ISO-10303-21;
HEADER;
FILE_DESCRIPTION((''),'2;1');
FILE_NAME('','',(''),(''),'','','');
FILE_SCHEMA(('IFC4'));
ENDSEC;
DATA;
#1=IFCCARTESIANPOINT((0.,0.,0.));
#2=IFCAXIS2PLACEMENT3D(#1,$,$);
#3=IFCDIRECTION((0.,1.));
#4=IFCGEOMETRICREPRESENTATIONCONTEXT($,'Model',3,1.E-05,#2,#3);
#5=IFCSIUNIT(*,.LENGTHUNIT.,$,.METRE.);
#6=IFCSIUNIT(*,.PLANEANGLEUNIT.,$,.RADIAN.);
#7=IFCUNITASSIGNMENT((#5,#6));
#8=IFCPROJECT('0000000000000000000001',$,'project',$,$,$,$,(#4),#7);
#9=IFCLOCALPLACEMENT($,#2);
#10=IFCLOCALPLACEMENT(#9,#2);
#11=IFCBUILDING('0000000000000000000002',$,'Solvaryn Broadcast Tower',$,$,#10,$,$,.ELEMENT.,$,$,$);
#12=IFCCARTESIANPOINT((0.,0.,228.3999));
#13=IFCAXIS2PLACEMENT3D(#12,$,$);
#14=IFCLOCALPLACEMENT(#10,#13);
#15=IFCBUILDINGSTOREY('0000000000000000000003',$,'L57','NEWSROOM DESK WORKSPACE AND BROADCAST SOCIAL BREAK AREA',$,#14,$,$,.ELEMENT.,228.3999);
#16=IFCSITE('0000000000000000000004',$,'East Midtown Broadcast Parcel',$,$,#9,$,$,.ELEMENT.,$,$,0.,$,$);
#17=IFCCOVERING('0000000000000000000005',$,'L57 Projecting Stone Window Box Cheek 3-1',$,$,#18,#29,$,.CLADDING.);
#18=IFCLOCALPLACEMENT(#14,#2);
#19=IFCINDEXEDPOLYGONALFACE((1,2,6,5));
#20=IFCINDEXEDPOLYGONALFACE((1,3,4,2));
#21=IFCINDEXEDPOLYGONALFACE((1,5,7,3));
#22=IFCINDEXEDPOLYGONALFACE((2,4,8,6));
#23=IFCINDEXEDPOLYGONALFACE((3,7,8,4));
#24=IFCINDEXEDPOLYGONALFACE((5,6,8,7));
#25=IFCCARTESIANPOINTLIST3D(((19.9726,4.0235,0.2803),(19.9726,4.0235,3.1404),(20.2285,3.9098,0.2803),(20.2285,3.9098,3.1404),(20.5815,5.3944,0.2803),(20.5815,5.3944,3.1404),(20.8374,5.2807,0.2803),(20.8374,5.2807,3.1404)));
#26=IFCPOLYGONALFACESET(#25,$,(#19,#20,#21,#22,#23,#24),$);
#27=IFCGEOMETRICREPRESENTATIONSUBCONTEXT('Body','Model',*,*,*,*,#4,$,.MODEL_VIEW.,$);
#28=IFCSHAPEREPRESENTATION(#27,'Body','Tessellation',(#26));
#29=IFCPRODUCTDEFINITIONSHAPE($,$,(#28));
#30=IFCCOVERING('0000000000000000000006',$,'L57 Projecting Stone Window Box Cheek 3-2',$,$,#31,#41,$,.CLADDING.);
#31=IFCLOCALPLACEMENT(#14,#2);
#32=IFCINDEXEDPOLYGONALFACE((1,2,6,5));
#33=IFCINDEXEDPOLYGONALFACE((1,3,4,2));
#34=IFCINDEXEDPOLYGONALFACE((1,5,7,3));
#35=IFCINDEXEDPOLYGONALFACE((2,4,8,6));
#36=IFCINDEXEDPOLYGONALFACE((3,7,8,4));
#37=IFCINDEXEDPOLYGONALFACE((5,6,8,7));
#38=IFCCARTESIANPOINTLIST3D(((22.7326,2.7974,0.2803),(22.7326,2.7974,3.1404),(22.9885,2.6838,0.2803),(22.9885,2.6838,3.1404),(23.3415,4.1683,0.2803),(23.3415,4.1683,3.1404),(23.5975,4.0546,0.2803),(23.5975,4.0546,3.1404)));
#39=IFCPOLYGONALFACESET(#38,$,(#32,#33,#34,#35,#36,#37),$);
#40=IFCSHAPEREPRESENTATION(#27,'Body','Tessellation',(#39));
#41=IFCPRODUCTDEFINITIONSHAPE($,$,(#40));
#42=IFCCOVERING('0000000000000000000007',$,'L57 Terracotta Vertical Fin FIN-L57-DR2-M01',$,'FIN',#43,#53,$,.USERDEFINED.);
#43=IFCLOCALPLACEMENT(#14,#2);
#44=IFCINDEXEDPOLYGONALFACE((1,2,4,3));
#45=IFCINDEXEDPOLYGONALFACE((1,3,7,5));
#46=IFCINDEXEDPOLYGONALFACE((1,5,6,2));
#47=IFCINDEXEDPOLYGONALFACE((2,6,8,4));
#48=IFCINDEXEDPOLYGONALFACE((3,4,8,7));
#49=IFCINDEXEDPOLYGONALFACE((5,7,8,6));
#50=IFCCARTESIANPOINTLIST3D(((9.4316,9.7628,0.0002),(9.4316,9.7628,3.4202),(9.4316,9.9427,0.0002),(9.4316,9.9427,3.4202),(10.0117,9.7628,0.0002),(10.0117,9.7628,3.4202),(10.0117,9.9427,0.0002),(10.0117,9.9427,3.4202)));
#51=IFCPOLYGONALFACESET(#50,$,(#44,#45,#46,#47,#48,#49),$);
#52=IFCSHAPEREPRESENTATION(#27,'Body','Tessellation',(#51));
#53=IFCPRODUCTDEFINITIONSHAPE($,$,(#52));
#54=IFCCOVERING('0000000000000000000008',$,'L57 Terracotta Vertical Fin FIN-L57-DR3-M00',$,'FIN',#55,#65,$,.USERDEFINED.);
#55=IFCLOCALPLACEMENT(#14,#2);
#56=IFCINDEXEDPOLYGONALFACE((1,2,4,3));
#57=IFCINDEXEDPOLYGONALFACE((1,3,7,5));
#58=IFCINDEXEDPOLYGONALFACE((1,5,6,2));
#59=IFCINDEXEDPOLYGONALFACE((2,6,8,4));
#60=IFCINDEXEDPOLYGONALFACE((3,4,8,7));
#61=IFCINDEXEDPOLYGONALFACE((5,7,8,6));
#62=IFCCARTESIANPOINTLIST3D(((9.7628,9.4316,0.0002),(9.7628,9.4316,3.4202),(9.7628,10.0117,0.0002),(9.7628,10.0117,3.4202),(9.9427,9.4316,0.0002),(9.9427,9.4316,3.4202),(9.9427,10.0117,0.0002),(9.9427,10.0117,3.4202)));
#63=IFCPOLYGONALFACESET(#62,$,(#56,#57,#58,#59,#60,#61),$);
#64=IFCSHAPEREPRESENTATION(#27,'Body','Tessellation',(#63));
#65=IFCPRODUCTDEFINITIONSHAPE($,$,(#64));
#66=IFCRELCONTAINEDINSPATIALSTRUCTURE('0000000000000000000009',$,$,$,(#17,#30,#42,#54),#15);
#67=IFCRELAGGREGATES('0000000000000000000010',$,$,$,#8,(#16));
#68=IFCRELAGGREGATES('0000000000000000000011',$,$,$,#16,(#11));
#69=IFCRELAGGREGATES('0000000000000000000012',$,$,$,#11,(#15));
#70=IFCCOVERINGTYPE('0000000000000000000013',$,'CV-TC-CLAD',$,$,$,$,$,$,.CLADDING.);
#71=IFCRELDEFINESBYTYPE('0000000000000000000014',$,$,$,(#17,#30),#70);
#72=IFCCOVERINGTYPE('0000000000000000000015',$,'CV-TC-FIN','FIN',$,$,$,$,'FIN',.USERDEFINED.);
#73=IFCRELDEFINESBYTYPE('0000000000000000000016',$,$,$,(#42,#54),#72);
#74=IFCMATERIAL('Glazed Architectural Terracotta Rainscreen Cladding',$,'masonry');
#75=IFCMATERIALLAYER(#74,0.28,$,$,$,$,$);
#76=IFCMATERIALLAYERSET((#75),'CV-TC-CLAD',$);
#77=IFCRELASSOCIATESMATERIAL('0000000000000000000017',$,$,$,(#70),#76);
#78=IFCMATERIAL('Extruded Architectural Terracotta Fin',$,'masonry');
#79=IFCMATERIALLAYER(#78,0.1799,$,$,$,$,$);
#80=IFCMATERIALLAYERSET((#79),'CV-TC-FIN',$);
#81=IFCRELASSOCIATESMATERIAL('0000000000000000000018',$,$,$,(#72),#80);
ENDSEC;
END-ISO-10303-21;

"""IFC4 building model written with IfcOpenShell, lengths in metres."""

from ifc_helpers import new_model, si_unit, direction, frame, origin, origin_2d, place, context, subcontext, project, spatial, rectangle, extrude, material, layer, layer_set, type_object, element, save


model = new_model("IFC4")

# Units and contexts
model_context = context("Model", 3, precision=1e-05, world=origin(), true_north=direction((0.0, 1.0)))
body_context = subcontext(model_context, "Body", "Model", "MODEL_VIEW")
ifc_project = project(units=[si_unit("LENGTHUNIT", "METRE"), si_unit("PLANEANGLEUNIT", "RADIAN")], contexts=[model_context])

# Site, building, storey
site_placement = place(None, origin())
site = spatial("IfcSite", under=ifc_project, at=site_placement, Name="East Midtown Broadcast Parcel", CompositionType="ELEMENT", RefElevation=0.0)
building_placement = place(site_placement, origin())
building = spatial("IfcBuilding", under=site, at=building_placement, Name="Solvaryn Broadcast Tower", CompositionType="ELEMENT")
storey_placement = place(building_placement, frame((0.0, 0.0, 228.3999)))
storey = spatial("IfcBuildingStorey", under=building, at=storey_placement, Name="L57", Description="NEWSROOM DESK WORKSPACE AND BROADCAST SOCIAL BREAK AREA", CompositionType="ELEMENT", Elevation=228.3999)

# Coverings
ifc_material_1 = material(Name="Glazed Architectural Terracotta Rainscreen Cladding", Category="masonry")
ifc_layer_1 = layer(ifc_material_1, 0.28)
ifc_layer_set_1 = layer_set([ifc_layer_1], Name="CV-TC-CLAD")
covering_type_1 = type_object("IfcCoveringType", Name="CV-TC-CLAD", PredefinedType="CLADDING", material=ifc_layer_set_1)
for number, where, z_axis, x_axis, name in (
    (1, (20.405, 4.6521, 0.2803), (0.0, 0.0, 1.0), (0.9139, -0.405939, 0.0), "L57 Projecting Stone Window Box Cheek 3-1"),
    (2, (23.165, 3.426, 0.2803), (0.0, 0.0, 1.0), (0.9139, -0.405939, 0.0), "L57 Projecting Stone Window Box Cheek 3-2"),
):
    element("IfcCovering", number, at=place(storey_placement, frame(where, z_axis=z_axis, x_axis=x_axis)), inside=storey, type_object=covering_type_1, Name=name, PredefinedType="CLADDING", context=body_context, shape_type="SweptSolid", body=[
        extrude(rectangle(XDim=0.28, YDim=1.5, at=origin_2d()), origin(), (0.0, 0.0, 1.0), 2.8601),
    ])
ifc_material_2 = material(Name="Extruded Architectural Terracotta Fin", Category="masonry")
ifc_layer_2 = layer(ifc_material_2, 0.1799)
ifc_layer_set_2 = layer_set([ifc_layer_2], Name="CV-TC-FIN")
covering_type_2 = type_object("IfcCoveringType", Name="CV-TC-FIN", Description="FIN", ElementType="FIN", PredefinedType="USERDEFINED", material=ifc_layer_set_2)
covering_1_placement = place(storey_placement, frame((9.7217, 9.8528, 0.0002), z_axis=(0.0, 0.0, 1.0), x_axis=(1.0, 0.0, 0.0)))
element("IfcCovering", 3, at=covering_1_placement, inside=storey, type_object=covering_type_2, Name="L57 Terracotta Vertical Fin FIN-L57-DR2-M01", ObjectType="FIN", PredefinedType="USERDEFINED", context=body_context, shape_type="SweptSolid", body=[
    extrude(rectangle(XDim=0.5801, YDim=0.1799, at=origin_2d()), origin(), (0.0, 0.0, 1.0), 3.4199),
])
covering_2_placement = place(storey_placement, frame((9.8528, 9.7217, 0.0002), z_axis=(0.0, 0.0, 1.0), x_axis=(1.0, 0.0, 0.0)))
element("IfcCovering", 4, at=covering_2_placement, inside=storey, type_object=covering_type_2, Name="L57 Terracotta Vertical Fin FIN-L57-DR3-M00", ObjectType="FIN", PredefinedType="USERDEFINED", context=body_context, shape_type="SweptSolid", body=[
    extrude(rectangle(XDim=0.1799, YDim=0.5801, at=origin_2d()), origin(), (0.0, 0.0, 1.0), 3.4199),
])

save(model, "model.ifc")
